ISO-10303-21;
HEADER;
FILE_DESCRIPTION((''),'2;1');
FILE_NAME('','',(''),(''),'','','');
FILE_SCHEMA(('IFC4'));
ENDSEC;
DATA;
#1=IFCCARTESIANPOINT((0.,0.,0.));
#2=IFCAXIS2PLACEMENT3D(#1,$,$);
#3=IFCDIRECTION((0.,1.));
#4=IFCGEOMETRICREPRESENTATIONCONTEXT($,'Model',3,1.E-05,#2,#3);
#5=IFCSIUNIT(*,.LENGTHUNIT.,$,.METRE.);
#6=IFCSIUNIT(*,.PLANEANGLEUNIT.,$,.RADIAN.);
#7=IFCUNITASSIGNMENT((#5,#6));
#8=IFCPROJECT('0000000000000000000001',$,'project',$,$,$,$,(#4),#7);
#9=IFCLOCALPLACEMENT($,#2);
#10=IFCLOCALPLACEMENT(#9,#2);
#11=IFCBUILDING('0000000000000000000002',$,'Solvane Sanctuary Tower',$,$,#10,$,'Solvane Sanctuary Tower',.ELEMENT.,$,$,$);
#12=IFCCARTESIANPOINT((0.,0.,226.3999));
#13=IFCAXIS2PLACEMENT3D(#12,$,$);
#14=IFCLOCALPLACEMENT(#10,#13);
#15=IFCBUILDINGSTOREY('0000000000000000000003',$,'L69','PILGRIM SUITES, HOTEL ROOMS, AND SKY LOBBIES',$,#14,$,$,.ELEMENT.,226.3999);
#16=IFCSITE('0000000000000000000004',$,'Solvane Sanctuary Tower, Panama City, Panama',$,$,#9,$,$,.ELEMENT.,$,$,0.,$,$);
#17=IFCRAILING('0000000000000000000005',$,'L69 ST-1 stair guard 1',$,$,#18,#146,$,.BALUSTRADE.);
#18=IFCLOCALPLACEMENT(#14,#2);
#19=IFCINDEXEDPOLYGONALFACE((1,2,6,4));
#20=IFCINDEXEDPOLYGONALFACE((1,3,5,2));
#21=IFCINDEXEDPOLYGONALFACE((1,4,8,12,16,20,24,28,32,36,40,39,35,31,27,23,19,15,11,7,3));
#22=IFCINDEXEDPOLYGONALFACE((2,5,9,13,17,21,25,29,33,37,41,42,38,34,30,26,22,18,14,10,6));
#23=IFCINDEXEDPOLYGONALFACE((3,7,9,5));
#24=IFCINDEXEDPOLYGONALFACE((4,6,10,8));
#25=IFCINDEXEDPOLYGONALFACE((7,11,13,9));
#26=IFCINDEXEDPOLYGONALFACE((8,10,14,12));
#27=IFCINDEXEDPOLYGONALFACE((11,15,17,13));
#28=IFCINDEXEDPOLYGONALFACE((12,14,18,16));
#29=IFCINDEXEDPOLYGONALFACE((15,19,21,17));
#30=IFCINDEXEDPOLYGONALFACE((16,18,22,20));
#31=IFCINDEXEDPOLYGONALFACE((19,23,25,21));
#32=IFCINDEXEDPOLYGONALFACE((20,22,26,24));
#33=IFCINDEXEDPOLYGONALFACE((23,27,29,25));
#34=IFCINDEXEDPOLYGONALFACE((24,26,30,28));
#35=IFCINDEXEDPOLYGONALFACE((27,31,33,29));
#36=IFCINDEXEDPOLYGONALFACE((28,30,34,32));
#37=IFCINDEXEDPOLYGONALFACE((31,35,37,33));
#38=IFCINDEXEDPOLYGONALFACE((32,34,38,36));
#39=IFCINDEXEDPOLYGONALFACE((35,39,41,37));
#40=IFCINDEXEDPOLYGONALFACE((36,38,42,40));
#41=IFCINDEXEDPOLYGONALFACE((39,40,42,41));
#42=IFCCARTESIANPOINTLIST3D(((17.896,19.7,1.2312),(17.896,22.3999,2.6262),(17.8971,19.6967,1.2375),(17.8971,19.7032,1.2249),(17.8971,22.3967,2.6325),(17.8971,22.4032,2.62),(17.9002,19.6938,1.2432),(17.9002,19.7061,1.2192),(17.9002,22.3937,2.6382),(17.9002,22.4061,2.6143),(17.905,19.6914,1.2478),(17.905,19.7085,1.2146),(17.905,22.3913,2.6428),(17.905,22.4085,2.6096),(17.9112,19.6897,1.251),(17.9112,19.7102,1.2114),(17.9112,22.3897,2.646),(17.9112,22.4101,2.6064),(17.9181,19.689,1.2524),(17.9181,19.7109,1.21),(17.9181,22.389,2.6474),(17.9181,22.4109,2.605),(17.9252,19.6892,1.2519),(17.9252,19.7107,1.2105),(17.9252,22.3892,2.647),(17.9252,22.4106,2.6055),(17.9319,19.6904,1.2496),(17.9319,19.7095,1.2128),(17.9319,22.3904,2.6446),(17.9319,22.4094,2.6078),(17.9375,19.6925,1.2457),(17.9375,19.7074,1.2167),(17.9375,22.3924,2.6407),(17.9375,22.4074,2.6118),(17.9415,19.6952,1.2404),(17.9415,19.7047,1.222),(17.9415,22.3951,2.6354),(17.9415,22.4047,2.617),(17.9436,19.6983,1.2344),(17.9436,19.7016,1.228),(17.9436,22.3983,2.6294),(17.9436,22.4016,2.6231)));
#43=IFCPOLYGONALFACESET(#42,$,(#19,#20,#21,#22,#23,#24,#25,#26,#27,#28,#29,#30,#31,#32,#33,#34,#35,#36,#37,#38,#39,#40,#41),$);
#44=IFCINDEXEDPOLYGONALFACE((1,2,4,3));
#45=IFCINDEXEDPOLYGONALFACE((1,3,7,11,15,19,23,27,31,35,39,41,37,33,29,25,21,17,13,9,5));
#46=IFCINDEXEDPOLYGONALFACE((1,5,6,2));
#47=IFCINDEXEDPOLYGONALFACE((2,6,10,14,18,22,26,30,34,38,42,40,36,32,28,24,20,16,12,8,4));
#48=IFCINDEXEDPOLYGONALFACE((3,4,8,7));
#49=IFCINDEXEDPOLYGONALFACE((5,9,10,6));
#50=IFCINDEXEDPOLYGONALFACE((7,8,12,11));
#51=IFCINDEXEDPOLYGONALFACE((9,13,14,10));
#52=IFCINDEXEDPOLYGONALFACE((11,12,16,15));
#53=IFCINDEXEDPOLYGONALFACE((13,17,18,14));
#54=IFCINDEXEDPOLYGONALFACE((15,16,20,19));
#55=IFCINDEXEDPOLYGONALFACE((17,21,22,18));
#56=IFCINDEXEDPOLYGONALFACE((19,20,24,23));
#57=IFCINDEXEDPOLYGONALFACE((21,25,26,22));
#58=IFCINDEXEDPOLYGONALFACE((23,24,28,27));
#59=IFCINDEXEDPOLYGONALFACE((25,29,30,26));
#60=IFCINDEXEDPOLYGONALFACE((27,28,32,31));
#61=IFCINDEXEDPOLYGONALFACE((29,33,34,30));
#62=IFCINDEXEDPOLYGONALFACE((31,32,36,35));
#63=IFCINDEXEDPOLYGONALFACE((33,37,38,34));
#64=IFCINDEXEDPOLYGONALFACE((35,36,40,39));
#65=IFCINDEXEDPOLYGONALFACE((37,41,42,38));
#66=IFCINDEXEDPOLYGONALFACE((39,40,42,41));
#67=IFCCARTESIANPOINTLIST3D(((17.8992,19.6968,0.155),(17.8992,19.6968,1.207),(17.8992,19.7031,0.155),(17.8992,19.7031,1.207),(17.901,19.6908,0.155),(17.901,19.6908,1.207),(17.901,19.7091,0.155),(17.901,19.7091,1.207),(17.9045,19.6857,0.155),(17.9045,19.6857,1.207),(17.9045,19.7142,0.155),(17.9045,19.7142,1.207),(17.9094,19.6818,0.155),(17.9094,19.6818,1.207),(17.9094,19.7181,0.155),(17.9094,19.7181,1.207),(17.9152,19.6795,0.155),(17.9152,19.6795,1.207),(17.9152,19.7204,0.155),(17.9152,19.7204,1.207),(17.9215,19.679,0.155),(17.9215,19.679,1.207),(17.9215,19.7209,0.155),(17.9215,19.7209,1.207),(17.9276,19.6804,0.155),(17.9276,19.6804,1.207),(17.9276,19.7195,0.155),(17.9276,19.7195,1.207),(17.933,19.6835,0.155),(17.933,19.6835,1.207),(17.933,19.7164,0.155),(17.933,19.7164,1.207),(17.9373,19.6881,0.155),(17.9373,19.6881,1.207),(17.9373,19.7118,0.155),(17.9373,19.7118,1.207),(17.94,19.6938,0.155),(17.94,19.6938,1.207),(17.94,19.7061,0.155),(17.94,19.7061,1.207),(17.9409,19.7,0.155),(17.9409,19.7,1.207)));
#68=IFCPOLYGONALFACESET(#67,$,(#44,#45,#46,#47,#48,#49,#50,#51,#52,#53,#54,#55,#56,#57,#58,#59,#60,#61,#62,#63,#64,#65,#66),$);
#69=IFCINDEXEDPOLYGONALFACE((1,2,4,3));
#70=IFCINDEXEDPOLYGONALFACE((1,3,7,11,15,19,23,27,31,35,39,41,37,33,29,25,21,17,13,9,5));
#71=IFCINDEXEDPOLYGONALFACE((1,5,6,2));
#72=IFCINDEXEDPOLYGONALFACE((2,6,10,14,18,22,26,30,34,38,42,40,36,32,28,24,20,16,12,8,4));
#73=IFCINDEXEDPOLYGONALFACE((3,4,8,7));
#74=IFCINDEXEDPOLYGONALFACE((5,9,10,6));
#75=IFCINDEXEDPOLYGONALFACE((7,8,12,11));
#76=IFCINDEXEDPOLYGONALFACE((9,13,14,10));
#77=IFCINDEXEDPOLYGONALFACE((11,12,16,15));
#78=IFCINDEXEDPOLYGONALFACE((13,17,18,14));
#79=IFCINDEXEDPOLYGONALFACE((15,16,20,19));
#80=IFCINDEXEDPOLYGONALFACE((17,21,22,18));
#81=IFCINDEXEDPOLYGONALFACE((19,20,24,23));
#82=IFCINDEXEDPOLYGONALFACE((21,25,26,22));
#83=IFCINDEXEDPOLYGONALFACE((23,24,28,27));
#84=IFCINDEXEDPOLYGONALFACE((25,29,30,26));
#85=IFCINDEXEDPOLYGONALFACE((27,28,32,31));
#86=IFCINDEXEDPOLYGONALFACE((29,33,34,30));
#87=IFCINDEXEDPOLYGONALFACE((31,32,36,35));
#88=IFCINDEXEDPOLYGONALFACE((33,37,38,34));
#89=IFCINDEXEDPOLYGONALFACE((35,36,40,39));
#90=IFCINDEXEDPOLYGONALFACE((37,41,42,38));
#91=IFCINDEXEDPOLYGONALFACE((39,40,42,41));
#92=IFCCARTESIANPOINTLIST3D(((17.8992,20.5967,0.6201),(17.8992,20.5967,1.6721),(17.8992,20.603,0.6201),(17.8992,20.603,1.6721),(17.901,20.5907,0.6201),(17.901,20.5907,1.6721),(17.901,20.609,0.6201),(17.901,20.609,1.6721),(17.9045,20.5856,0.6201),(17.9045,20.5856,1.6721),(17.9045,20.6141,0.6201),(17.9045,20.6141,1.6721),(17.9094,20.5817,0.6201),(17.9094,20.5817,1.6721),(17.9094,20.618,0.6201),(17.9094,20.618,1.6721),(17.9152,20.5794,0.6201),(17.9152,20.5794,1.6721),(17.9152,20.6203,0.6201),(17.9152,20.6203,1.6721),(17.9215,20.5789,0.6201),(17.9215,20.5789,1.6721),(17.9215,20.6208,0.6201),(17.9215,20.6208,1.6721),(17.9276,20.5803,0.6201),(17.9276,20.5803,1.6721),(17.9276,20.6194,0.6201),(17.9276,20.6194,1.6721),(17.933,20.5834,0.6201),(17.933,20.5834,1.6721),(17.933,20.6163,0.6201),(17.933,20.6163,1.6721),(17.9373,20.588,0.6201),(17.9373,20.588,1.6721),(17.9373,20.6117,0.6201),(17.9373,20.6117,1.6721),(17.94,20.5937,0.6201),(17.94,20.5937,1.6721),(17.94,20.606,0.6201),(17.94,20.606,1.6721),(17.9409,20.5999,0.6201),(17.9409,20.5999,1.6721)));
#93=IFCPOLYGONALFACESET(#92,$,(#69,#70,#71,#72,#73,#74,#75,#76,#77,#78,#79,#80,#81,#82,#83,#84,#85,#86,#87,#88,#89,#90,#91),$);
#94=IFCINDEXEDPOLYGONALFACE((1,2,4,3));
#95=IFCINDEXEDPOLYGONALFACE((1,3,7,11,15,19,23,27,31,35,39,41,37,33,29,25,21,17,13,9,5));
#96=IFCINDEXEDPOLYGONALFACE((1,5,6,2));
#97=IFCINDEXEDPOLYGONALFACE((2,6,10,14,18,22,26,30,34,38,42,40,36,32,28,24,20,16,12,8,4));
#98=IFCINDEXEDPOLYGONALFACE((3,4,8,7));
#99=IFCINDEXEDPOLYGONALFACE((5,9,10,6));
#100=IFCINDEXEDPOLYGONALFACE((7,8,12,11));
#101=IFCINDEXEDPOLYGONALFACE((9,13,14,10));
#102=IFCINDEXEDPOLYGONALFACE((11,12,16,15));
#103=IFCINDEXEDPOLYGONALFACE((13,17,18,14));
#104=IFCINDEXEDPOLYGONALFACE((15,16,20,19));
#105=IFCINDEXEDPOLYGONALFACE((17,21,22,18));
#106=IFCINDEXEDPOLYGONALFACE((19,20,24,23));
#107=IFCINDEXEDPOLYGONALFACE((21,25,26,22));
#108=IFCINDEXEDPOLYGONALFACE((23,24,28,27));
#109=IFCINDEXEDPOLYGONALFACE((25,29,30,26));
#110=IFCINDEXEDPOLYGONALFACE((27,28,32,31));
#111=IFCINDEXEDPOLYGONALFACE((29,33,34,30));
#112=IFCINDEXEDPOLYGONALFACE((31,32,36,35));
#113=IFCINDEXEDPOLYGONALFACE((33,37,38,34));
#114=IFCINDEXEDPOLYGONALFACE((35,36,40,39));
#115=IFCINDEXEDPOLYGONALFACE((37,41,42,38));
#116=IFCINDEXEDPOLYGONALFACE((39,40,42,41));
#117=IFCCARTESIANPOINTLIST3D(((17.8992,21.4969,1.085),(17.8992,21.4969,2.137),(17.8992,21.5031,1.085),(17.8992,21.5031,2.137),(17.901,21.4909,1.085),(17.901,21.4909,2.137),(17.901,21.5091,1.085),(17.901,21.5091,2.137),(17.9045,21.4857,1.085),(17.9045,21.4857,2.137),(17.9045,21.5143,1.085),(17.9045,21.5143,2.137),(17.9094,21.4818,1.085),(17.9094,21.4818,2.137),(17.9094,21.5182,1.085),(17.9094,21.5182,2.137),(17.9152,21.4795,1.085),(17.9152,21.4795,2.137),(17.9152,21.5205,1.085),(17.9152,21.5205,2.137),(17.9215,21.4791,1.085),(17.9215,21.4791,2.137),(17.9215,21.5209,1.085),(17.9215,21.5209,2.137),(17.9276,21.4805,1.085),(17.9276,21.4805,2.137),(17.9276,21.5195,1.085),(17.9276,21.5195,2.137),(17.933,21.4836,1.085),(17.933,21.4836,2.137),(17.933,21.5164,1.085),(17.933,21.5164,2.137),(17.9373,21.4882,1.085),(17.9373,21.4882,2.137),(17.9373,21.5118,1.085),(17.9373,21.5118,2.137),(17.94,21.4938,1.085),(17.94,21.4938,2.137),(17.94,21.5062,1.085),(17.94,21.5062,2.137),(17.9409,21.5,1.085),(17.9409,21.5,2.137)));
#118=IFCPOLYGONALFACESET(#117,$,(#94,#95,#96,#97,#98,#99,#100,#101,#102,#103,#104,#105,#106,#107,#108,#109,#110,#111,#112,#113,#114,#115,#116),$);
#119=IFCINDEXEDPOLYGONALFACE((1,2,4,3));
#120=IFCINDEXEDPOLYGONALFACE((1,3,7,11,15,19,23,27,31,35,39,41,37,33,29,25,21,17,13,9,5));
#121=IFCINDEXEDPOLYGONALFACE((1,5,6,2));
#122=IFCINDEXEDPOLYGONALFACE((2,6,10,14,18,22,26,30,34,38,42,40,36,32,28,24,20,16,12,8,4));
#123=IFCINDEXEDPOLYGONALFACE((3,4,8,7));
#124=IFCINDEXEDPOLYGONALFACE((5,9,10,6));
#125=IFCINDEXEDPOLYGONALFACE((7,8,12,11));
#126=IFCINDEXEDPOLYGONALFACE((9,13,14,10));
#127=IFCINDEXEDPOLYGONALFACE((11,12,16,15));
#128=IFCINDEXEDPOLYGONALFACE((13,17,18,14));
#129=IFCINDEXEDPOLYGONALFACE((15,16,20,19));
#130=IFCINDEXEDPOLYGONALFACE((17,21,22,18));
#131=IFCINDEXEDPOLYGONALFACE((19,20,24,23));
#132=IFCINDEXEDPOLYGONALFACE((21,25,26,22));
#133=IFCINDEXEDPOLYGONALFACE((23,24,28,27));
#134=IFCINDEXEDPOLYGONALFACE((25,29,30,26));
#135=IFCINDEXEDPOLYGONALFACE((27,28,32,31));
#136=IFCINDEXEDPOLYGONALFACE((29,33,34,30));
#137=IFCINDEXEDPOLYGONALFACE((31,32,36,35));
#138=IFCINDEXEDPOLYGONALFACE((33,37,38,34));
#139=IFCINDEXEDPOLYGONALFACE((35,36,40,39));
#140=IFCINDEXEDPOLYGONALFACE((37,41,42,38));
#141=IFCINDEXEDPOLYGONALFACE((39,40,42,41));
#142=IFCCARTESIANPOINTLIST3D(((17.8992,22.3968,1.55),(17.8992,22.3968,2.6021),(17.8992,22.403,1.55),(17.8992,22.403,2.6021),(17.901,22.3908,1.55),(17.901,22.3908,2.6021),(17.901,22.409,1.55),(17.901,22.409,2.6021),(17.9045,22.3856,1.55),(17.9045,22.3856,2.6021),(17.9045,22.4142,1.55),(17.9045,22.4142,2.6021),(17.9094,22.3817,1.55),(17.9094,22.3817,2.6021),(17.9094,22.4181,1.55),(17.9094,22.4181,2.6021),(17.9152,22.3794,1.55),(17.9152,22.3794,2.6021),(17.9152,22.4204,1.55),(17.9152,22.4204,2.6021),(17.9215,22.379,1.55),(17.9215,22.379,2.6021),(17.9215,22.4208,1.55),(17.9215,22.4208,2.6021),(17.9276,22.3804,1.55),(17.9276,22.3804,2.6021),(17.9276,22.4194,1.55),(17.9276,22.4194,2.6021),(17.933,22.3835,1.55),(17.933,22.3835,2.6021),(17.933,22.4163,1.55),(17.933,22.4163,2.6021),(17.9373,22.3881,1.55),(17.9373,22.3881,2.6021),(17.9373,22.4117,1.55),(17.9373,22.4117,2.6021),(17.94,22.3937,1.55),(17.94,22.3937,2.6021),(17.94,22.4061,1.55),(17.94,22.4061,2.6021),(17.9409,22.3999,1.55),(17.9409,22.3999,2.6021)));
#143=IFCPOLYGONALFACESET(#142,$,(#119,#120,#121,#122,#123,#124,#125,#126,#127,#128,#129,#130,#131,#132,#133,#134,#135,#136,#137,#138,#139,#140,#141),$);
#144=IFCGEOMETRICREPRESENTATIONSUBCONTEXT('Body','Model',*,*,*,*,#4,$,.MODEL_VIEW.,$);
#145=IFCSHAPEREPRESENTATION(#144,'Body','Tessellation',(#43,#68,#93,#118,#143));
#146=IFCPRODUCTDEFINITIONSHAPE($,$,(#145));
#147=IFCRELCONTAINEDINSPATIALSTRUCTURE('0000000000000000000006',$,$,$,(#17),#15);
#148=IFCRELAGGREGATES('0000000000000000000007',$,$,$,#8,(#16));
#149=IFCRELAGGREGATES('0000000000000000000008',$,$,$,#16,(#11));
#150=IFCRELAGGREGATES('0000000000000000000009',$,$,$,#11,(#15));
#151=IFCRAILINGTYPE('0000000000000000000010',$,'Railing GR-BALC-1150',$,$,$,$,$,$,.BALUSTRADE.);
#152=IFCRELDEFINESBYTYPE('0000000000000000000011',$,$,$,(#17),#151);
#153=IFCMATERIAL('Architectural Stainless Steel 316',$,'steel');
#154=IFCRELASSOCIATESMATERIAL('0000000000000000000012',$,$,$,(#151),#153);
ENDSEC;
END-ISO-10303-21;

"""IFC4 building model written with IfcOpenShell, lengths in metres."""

from ifc_helpers import new_model, si_unit, direction, frame, origin, origin_2d, place, context, subcontext, project, spatial, circle, extrude, material, type_object, element, save


model = new_model("IFC4")

# Units and contexts
model_context = context("Model", 3, precision=1e-05, world=origin(), true_north=direction((0.0, 1.0)))
body_context = subcontext(model_context, "Body", "Model", "MODEL_VIEW")
ifc_project = project(units=[si_unit("LENGTHUNIT", "METRE"), si_unit("PLANEANGLEUNIT", "RADIAN")], contexts=[model_context])

# Site, building, storey
site_placement = place(None, origin())
site = spatial("IfcSite", under=ifc_project, at=site_placement, Name="Solvane Sanctuary Tower, Panama City, Panama", CompositionType="ELEMENT", RefElevation=0.0)
building_placement = place(site_placement, origin())
building = spatial("IfcBuilding", under=site, at=building_placement, Name="Solvane Sanctuary Tower", LongName="Solvane Sanctuary Tower", CompositionType="ELEMENT")
storey_placement = place(building_placement, frame((0.0, 0.0, 226.3999)))
storey = spatial("IfcBuildingStorey", under=building, at=storey_placement, Name="L69", Description="PILGRIM SUITES, HOTEL ROOMS, AND SKY LOBBIES", CompositionType="ELEMENT", Elevation=226.3999)

# Shared definitions
ifc_material_1 = material(Name="Architectural Stainless Steel 316", Category="steel")

# Railing
railing_type = type_object("IfcRailingType", Name="Railing GR-BALC-1150", PredefinedType="BALUSTRADE", material=ifc_material_1)
railing_1_placement = place(storey_placement, frame((17.9199, 19.7, 0.155)))
element("IfcRailing", 1, at=railing_1_placement, inside=storey, type_object=railing_type, Name="L69 ST-1 stair guard 1", PredefinedType="BALUSTRADE", context=body_context, shape_type="SweptSolid", body=[
    extrude(circle(Radius=0.0239, at=origin_2d()), frame((0.0, 0.0, 1.0762), z_axis=(0.0, 0.88842, 0.459032), x_axis=(-1.0, 0.0, 0.0)), (0.0, 0.0, 1.0), 3.0391),
    extrude(circle(Radius=0.021, at=origin_2d()), origin(), (0.0, 0.0, 1.0), 1.052),
    extrude(circle(Radius=0.021, at=origin_2d()), frame((0.0, 0.8999, 0.4651)), (0.0, 0.0, 1.0), 1.052),
    extrude(circle(Radius=0.021, at=origin_2d()), frame((0.0, 1.8, 0.9299)), (0.0, 0.0, 1.0), 1.052),
    extrude(circle(Radius=0.021, at=origin_2d()), frame((0.0, 2.7, 1.395)), (0.0, 0.0, 1.0), 1.052),
])

save(model, "model.ifc")
